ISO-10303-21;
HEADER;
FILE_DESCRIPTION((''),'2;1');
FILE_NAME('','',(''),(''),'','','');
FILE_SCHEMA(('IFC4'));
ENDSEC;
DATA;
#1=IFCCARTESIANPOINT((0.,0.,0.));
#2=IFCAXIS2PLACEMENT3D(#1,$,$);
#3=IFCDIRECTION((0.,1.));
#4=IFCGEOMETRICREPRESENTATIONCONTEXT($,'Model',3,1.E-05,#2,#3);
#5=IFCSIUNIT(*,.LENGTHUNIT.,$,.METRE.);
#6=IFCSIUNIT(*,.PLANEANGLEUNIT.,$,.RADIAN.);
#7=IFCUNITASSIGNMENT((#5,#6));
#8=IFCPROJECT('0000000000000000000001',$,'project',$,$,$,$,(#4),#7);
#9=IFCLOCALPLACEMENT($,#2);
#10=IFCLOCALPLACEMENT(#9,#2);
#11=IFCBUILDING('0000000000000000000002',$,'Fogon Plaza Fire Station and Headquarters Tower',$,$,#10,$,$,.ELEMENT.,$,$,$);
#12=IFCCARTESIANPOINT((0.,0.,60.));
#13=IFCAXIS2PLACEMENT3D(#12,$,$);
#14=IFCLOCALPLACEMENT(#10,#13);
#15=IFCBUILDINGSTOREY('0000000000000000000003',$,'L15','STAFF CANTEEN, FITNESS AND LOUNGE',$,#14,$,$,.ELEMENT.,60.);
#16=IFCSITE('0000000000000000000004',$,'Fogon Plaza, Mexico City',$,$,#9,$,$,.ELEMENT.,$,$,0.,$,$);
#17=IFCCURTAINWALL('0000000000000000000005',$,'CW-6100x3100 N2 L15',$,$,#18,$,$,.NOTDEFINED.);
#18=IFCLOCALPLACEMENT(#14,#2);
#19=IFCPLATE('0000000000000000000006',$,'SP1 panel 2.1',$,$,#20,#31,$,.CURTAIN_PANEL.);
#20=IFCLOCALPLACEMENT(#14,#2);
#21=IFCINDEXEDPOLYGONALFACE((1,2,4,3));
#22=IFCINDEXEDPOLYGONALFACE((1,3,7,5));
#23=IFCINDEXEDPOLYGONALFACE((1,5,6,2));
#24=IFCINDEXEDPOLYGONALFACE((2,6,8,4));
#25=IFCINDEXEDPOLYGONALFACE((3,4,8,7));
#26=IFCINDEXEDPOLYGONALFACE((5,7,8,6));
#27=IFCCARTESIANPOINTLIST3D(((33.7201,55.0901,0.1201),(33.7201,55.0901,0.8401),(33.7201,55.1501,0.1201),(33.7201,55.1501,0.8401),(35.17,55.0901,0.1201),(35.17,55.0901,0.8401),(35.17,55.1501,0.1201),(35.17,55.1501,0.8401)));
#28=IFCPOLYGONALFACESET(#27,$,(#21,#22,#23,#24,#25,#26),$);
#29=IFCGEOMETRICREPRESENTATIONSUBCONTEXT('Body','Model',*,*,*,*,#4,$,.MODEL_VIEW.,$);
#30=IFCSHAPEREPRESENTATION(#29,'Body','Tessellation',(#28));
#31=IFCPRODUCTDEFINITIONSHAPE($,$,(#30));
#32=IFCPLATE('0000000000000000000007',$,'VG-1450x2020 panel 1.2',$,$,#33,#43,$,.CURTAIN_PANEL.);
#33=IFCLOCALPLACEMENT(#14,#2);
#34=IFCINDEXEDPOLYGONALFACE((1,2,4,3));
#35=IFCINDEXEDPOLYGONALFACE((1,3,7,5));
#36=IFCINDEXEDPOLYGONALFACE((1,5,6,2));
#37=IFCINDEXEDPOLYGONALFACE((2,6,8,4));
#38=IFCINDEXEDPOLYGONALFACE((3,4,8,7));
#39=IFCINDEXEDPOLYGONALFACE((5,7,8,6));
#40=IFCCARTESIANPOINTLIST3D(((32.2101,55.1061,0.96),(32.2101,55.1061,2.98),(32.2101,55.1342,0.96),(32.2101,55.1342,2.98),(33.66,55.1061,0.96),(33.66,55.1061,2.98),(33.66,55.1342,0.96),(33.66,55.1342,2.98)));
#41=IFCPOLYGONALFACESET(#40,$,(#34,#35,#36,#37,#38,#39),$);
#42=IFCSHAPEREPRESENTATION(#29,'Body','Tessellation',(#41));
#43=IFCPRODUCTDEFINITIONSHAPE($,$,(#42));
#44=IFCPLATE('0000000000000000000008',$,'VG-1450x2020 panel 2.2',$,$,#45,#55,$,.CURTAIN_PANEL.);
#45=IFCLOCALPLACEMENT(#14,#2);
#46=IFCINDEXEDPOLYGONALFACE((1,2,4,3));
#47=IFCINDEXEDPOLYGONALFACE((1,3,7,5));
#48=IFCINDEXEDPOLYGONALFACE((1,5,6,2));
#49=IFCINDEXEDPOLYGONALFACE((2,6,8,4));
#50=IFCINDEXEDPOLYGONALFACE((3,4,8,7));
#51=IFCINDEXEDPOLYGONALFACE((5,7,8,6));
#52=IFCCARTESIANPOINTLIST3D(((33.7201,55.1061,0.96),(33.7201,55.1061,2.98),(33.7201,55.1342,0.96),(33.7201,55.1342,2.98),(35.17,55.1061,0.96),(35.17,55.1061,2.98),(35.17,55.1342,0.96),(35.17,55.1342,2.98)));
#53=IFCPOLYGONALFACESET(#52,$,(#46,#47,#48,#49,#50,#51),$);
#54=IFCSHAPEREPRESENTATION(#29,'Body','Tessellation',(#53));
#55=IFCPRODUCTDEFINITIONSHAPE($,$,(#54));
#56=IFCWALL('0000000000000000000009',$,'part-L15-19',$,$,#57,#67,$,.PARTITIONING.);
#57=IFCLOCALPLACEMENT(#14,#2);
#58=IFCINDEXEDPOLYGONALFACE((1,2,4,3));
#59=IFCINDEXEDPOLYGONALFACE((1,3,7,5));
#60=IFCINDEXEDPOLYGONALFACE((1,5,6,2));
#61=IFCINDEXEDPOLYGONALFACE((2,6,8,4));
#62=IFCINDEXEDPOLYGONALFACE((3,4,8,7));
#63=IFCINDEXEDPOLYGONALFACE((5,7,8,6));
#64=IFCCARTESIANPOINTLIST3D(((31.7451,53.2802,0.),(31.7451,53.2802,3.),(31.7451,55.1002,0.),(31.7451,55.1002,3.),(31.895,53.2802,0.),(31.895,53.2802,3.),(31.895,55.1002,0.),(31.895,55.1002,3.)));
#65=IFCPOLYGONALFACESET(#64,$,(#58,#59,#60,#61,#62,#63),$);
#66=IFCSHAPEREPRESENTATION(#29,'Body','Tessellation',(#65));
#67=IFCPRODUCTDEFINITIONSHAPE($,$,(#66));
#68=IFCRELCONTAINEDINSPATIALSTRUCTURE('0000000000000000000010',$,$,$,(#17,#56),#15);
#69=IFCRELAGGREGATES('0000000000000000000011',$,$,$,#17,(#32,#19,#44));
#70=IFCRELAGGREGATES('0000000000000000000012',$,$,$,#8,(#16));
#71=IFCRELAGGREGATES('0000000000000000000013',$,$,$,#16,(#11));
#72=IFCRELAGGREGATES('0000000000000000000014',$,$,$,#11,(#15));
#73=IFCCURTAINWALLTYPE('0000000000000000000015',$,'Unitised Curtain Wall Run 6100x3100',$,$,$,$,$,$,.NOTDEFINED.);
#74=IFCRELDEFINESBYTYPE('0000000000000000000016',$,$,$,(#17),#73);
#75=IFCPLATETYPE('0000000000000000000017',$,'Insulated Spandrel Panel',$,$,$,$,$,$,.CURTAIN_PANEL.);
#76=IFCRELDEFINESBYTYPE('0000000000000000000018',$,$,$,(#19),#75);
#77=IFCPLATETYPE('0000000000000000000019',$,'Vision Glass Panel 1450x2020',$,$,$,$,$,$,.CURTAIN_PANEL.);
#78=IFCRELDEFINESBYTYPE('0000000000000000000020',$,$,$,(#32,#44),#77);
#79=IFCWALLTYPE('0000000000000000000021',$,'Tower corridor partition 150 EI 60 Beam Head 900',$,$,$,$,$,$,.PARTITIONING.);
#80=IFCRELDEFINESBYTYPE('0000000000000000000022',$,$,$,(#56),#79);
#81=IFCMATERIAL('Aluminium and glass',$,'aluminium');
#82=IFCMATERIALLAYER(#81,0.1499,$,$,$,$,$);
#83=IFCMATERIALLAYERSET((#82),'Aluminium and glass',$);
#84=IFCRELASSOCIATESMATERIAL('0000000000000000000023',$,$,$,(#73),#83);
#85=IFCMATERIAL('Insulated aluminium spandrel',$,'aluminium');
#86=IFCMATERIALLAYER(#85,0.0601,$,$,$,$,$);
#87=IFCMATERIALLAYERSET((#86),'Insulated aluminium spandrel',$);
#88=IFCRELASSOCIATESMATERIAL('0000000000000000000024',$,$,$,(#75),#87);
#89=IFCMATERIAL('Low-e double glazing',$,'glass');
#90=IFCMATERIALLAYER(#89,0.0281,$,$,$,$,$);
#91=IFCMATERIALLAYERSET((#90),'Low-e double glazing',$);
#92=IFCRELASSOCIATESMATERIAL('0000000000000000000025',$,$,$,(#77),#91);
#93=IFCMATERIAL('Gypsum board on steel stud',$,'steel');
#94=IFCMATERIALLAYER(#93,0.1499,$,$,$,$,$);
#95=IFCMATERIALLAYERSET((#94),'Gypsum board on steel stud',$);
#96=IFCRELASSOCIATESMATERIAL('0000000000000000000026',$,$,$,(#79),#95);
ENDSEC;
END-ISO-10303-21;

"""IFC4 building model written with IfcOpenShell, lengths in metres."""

from ifc_helpers import new_model, si_unit, direction, frame, frame_2d, origin, origin_2d, place, context, subcontext, project, spatial, rectangle, extrude, material, layer, layer_set, type_object, element, aggregate, save


model = new_model("IFC4")

# Units and contexts
model_context = context("Model", 3, precision=1e-05, world=origin(), true_north=direction((0.0, 1.0)))
body_context = subcontext(model_context, "Body", "Model", "MODEL_VIEW")
ifc_project = project(units=[si_unit("LENGTHUNIT", "METRE"), si_unit("PLANEANGLEUNIT", "RADIAN")], contexts=[model_context])

# Site, building, storey
site_placement = place(None, origin())
site = spatial("IfcSite", under=ifc_project, at=site_placement, Name="Fogon Plaza, Mexico City", CompositionType="ELEMENT", RefElevation=0.0)
building_placement = place(site_placement, origin())
building = spatial("IfcBuilding", under=site, at=building_placement, Name="Fogon Plaza Fire Station and Headquarters Tower", CompositionType="ELEMENT")
storey_placement = place(building_placement, frame((0.0, 0.0, 60.0)))
storey = spatial("IfcBuildingStorey", under=building, at=storey_placement, Name="L15", Description="STAFF CANTEEN, FITNESS AND LOUNGE", CompositionType="ELEMENT", Elevation=60.0)

# Shared definitions
ifc_material_1 = material(Name="Aluminium and glass", Category="aluminium")
ifc_layer_1 = layer(ifc_material_1, 0.1499)
ifc_layer_set_1 = layer_set([ifc_layer_1], Name="Aluminium and glass")
curtain_wall_type = type_object("IfcCurtainWallType", Name="Unitised Curtain Wall Run 6100x3100", PredefinedType="NOTDEFINED", material=ifc_layer_set_1)

# Curtain wall
curtain_wall_1_placement = place(storey_placement, origin())
curtain_wall_1 = element("IfcCurtainWall", 1, at=curtain_wall_1_placement, inside=storey, type_object=curtain_wall_type, Name="CW-6100x3100 N2 L15", PredefinedType="NOTDEFINED")

# Plates
ifc_material_2 = material(Name="Insulated aluminium spandrel", Category="aluminium")
ifc_layer_2 = layer(ifc_material_2, 0.0601)
ifc_layer_set_2 = layer_set([ifc_layer_2], Name="Insulated aluminium spandrel")
plate_type_1 = type_object("IfcPlateType", Name="Insulated Spandrel Panel", PredefinedType="CURTAIN_PANEL", material=ifc_layer_set_2)
plate_1_placement = place(storey_placement, frame((34.4451, 55.1201, 0.1201), z_axis=(0.0, 0.0, 1.0), x_axis=(1.0, 0.0, 0.0)))
plate_1 = element("IfcPlate", 2, at=plate_1_placement, type_object=plate_type_1, Name="SP1 panel 2.1", PredefinedType="CURTAIN_PANEL", context=body_context, shape_type="SweptSolid", body=[
    extrude(rectangle(XDim=1.45, YDim=0.0601, at=origin_2d()), origin(), (0.0, 0.0, 1.0), 0.72),
])
ifc_material_3 = material(Name="Low-e double glazing", Category="glass")
ifc_layer_3 = layer(ifc_material_3, 0.0281)
ifc_layer_set_3 = layer_set([ifc_layer_3], Name="Low-e double glazing")
plate_type_2 = type_object("IfcPlateType", Name="Vision Glass Panel 1450x2020", PredefinedType="CURTAIN_PANEL", material=ifc_layer_set_3)
plate_2_placement = place(storey_placement, frame((32.9351, 55.1201, 0.96), z_axis=(0.0, 0.0, 1.0), x_axis=(1.0, 0.0, 0.0)))
plate_2 = element("IfcPlate", 3, at=plate_2_placement, type_object=plate_type_2, Name="VG-1450x2020 panel 1.2", PredefinedType="CURTAIN_PANEL", context=body_context, shape_type="SweptSolid", body=[
    extrude(rectangle(XDim=1.45, YDim=0.0281, at=origin_2d()), origin(), (0.0, 0.0, 1.0), 2.02),
])
plate_3_placement = place(storey_placement, frame((34.4451, 55.1201, 0.96), z_axis=(0.0, 0.0, 1.0), x_axis=(1.0, 0.0, 0.0)))
plate_3 = element("IfcPlate", 4, at=plate_3_placement, type_object=plate_type_2, Name="VG-1450x2020 panel 2.2", PredefinedType="CURTAIN_PANEL", context=body_context, shape_type="SweptSolid", body=[
    extrude(rectangle(XDim=1.45, YDim=0.0281, at=origin_2d()), origin(), (0.0, 0.0, 1.0), 2.02),
])
aggregate(curtain_wall_1, [plate_2, plate_1, plate_3])

# Wall
ifc_material_4 = material(Name="Gypsum board on steel stud", Category="steel")
ifc_layer_4 = layer(ifc_material_4, 0.1499)
ifc_layer_set_4 = layer_set([ifc_layer_4], Name="Gypsum board on steel stud")
wall_type = type_object("IfcWallType", Name="Tower corridor partition 150 EI 60 Beam Head 900", PredefinedType="PARTITIONING", material=ifc_layer_set_4)
wall_placement = place(storey_placement, frame((31.8201, 53.28, 0.0), z_axis=(0.0, 0.0, 1.0), x_axis=(0.0, 1.0, 0.0)))
element("IfcWall", 5, at=wall_placement, inside=storey, type_object=wall_type, Name="part-L15-19", PredefinedType="PARTITIONING", context=body_context, shape_type="SweptSolid", body=[
    extrude(rectangle(XDim=1.8201, YDim=0.1499, at=frame_2d((0.9102, 0.0))), origin(), (0.0, 0.0, 1.0), 3.0),
])

save(model, "model.ifc")
